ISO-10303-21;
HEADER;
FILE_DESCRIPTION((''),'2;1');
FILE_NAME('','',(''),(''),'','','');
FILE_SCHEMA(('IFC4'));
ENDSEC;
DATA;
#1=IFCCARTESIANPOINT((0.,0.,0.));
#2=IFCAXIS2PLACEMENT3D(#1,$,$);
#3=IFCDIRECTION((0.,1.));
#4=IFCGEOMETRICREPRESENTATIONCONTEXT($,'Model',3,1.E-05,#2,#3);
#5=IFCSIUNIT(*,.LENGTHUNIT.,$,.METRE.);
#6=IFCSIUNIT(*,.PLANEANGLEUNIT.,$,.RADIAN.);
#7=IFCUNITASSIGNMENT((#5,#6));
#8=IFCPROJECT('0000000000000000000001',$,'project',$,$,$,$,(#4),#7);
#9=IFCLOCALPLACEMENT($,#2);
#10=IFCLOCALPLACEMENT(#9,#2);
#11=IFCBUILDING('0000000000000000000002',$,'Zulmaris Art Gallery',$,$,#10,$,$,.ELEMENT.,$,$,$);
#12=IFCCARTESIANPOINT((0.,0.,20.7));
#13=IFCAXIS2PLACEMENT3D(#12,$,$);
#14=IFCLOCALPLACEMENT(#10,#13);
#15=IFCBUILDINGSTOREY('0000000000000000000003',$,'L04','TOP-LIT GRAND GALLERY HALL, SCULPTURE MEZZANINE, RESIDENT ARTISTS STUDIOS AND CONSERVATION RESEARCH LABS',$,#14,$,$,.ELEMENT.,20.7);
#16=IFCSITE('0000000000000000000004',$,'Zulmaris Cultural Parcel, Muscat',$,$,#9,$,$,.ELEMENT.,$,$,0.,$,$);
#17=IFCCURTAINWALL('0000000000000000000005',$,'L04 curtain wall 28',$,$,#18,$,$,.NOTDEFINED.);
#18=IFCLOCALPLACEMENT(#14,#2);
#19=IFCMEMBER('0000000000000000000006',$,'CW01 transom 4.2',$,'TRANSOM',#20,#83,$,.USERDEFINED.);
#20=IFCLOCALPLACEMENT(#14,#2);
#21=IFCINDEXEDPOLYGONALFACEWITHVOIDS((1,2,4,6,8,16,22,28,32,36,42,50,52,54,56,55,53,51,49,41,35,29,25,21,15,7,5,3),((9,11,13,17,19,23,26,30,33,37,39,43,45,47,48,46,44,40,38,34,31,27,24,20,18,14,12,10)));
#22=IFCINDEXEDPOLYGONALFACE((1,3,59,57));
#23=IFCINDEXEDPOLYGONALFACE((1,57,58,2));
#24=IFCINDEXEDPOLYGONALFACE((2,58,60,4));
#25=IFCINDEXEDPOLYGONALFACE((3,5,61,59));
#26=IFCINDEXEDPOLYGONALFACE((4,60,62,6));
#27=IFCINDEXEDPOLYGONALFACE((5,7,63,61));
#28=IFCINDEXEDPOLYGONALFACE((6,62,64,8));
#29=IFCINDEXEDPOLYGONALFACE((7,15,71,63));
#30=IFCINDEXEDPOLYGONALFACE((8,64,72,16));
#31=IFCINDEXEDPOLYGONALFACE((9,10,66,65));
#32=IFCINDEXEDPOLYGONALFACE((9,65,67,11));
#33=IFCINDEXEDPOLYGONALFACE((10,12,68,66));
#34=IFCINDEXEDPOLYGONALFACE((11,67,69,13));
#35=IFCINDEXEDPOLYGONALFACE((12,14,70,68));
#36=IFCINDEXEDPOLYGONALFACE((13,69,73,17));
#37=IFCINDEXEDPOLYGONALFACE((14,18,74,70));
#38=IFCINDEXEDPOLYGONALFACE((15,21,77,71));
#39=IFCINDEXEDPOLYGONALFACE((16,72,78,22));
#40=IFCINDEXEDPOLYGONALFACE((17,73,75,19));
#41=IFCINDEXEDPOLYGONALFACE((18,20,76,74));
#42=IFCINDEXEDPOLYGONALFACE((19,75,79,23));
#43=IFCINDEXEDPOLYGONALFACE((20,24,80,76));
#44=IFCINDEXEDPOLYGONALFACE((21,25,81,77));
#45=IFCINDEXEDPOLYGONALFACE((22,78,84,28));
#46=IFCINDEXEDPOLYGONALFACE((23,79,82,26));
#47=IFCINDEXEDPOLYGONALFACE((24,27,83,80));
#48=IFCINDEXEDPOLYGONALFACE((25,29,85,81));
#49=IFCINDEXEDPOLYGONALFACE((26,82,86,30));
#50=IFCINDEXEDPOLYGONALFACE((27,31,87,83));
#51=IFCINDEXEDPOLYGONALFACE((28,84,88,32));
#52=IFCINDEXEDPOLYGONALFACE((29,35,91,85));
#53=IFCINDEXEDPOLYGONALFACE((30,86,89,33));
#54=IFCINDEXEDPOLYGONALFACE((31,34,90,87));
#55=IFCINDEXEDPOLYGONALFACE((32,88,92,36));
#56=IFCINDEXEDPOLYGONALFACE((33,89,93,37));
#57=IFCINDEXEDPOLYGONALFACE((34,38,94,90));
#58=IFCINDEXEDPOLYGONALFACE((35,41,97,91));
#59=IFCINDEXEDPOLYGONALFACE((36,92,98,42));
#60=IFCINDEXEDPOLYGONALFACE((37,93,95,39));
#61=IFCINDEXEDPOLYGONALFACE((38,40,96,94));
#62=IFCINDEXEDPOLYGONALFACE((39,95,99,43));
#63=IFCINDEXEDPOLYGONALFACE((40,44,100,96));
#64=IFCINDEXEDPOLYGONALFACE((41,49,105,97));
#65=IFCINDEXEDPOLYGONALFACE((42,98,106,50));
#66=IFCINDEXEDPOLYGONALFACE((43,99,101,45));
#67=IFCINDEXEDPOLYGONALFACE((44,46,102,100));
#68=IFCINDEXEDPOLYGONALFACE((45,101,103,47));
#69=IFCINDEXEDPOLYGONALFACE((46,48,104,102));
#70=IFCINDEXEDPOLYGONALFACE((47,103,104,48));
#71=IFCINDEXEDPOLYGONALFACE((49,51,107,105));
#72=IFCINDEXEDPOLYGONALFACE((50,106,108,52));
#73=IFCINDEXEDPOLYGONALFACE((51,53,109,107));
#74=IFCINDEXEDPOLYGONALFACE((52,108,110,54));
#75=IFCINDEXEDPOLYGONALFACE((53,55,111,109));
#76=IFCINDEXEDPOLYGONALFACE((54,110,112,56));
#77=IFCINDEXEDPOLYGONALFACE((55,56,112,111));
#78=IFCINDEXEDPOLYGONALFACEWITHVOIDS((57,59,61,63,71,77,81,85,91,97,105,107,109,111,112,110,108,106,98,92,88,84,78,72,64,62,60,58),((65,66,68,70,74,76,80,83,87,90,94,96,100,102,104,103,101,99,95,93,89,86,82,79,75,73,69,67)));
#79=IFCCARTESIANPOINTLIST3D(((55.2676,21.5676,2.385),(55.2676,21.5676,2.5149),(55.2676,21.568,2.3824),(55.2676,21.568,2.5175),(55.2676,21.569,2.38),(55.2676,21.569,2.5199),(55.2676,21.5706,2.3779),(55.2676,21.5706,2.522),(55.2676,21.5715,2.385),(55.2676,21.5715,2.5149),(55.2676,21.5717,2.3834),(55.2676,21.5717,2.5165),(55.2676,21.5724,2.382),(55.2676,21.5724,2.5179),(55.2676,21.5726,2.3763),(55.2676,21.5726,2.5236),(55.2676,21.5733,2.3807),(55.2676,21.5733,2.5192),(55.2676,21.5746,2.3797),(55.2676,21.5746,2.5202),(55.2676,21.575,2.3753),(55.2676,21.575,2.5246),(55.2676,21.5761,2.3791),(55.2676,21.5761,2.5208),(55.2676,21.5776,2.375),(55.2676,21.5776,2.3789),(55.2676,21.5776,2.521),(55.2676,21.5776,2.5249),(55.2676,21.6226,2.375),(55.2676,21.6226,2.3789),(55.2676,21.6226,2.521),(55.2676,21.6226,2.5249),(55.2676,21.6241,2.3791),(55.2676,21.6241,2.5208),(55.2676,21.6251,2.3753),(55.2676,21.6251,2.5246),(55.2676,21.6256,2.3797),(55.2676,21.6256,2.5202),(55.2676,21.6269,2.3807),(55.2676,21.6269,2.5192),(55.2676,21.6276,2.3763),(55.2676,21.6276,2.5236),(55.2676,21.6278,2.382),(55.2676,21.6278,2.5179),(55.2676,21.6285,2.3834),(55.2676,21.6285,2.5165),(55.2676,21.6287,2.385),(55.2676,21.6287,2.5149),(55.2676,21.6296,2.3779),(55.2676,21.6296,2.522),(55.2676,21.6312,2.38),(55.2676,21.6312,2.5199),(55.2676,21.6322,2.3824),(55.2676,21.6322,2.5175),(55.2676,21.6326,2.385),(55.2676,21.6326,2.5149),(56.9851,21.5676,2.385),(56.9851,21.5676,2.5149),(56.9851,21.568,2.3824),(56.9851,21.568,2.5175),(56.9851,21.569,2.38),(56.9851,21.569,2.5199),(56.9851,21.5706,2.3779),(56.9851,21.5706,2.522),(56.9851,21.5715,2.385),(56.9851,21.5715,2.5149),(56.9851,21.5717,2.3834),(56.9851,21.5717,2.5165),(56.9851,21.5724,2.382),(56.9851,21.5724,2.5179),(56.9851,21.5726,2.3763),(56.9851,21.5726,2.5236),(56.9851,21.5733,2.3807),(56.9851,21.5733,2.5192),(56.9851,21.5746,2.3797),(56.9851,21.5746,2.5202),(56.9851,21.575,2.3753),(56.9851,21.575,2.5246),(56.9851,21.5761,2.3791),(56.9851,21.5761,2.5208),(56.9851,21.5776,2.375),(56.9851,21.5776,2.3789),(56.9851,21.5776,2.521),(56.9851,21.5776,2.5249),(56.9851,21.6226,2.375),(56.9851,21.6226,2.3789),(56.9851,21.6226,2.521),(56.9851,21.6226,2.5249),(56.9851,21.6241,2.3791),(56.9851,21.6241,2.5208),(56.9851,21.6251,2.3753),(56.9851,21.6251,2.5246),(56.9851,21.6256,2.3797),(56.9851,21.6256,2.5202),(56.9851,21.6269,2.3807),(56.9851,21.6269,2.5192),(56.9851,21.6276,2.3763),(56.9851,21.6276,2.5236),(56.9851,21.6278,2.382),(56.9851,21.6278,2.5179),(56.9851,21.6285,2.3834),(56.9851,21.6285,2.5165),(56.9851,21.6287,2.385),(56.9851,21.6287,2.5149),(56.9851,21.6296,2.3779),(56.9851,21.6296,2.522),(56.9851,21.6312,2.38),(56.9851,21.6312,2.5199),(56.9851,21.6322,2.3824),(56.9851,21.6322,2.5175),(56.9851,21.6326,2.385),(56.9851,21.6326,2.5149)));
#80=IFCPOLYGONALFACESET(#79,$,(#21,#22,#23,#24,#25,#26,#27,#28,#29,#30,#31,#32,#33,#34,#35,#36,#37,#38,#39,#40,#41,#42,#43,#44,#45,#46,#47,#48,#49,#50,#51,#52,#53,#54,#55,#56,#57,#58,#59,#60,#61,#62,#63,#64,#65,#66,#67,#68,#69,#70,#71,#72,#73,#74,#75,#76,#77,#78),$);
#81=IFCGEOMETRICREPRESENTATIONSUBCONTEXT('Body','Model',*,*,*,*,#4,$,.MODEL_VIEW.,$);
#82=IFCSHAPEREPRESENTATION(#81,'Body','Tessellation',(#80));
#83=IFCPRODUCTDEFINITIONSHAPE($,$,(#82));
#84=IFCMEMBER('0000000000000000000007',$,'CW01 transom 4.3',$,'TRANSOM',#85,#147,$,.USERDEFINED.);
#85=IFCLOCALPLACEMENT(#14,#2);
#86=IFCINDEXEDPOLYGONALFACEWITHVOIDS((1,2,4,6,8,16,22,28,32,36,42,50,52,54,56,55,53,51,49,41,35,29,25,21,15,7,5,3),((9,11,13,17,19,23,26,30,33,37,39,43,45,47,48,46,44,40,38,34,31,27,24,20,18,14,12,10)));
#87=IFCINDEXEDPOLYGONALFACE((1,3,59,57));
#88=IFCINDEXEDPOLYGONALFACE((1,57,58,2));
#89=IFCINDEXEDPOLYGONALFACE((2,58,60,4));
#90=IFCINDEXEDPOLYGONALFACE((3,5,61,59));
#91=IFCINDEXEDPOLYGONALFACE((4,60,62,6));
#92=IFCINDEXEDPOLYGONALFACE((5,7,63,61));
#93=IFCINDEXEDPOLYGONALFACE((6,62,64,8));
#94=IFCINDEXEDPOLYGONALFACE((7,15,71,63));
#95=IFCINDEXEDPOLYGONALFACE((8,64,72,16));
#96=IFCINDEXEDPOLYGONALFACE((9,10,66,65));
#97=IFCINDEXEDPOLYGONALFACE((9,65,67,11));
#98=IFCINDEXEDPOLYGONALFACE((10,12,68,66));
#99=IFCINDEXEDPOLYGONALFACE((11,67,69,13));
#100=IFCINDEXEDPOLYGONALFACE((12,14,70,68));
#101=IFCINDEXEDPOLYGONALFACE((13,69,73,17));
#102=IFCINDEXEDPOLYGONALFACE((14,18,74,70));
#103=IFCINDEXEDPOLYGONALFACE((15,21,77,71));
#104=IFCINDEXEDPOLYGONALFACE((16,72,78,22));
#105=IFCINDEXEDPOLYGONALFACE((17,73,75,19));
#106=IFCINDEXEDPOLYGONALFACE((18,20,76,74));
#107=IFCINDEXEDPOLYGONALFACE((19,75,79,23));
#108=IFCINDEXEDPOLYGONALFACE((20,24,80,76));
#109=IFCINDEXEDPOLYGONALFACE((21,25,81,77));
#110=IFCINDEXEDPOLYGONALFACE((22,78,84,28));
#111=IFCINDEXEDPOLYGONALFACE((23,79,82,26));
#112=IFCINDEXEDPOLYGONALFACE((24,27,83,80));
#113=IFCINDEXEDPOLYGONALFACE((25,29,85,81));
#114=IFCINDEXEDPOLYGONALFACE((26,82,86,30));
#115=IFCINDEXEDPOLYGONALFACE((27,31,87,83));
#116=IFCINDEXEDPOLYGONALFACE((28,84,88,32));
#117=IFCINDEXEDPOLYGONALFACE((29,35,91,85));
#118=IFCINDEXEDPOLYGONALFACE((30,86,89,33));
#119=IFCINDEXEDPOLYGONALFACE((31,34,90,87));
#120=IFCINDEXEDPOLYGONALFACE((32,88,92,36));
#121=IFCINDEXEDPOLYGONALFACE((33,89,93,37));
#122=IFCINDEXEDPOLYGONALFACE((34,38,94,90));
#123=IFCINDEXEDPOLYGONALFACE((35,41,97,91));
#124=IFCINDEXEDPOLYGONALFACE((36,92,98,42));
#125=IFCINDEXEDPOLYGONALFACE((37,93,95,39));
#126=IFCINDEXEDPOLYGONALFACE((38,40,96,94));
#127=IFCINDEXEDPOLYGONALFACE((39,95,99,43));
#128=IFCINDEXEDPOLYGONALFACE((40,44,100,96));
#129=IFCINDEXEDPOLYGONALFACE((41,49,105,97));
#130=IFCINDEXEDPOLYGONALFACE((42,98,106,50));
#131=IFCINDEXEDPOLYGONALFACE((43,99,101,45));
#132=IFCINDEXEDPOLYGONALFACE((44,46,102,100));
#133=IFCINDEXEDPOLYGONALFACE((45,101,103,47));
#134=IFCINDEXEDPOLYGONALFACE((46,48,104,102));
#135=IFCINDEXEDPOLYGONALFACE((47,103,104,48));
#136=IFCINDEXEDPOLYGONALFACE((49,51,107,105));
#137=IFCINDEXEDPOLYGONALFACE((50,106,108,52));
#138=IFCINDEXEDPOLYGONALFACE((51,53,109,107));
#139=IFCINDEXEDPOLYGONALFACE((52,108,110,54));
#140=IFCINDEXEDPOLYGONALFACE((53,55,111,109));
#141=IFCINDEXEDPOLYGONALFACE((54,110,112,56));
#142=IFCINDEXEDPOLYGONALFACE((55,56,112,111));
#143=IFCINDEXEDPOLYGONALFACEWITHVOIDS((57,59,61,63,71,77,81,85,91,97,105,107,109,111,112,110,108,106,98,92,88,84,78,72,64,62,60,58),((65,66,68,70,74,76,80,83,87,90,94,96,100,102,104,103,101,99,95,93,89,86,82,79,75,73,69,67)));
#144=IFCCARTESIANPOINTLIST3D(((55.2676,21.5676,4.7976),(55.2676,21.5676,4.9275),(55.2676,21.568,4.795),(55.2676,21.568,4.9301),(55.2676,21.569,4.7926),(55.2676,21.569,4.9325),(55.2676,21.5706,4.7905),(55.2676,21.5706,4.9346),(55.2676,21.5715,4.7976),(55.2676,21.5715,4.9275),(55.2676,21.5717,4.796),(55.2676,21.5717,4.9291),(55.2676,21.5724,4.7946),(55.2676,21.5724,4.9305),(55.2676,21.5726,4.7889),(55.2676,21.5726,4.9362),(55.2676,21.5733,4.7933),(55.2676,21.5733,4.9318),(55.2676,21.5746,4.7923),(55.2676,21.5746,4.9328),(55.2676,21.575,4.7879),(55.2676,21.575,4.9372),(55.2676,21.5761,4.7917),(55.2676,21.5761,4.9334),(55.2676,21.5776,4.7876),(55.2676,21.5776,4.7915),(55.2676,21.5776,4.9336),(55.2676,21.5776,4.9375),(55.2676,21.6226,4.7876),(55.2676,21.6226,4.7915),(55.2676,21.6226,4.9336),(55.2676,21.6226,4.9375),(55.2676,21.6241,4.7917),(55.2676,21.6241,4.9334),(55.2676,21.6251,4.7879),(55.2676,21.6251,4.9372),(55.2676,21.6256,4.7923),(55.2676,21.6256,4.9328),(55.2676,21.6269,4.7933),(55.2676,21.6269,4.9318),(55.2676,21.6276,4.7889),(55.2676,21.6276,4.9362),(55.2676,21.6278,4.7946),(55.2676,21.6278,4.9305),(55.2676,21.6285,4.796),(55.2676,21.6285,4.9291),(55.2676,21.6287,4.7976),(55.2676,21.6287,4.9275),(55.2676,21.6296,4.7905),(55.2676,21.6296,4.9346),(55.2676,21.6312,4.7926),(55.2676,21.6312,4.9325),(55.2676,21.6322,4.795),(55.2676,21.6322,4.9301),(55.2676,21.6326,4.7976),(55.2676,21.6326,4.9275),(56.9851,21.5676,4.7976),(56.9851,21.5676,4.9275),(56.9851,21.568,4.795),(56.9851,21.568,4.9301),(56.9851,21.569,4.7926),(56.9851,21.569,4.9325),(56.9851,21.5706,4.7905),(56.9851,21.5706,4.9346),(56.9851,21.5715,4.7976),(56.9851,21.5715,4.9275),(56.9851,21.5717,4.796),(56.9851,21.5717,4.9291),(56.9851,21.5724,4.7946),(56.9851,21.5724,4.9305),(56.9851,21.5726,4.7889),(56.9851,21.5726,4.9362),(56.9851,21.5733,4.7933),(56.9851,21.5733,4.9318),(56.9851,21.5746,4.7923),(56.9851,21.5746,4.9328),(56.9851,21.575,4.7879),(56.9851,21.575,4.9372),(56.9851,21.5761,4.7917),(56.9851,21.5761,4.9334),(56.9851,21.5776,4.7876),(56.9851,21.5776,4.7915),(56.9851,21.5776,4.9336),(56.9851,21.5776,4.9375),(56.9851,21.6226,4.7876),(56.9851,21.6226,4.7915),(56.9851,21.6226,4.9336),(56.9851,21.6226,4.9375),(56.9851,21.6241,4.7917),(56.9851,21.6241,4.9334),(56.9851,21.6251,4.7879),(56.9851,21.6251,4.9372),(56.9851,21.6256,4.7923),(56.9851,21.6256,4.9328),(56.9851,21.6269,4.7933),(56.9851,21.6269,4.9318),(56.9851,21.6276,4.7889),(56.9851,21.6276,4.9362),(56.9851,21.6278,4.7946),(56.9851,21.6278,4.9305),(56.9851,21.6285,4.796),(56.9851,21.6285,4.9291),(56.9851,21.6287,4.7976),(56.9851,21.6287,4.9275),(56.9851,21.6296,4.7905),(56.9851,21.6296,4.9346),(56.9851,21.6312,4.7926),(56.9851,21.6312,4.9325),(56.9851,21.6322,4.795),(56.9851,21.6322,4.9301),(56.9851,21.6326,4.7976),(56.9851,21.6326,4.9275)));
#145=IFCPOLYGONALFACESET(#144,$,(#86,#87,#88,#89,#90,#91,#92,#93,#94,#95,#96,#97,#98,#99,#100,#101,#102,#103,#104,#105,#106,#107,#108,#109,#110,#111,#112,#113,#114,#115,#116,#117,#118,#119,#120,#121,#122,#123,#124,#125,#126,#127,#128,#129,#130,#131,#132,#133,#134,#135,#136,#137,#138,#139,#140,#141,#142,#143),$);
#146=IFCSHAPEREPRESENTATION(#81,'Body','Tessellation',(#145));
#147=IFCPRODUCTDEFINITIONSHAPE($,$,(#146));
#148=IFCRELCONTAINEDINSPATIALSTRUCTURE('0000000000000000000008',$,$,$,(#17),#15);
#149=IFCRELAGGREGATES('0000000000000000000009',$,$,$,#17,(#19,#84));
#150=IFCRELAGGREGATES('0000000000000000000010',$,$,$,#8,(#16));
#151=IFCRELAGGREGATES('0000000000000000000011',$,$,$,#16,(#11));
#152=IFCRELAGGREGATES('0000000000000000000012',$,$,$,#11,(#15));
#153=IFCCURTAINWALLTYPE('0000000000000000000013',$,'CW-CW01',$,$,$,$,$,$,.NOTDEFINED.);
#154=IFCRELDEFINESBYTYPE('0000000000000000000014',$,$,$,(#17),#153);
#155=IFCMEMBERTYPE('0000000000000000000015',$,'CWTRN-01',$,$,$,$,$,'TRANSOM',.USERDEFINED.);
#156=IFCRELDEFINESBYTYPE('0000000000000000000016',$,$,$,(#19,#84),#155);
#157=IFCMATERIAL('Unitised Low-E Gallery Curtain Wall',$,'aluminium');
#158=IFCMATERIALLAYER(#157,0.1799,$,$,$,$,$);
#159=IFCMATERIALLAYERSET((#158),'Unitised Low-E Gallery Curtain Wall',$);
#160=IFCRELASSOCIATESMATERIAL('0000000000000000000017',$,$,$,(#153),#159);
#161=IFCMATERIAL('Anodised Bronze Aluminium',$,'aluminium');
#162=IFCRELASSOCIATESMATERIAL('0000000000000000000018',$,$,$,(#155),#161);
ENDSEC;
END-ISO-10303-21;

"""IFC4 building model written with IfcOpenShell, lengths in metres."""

from ifc_helpers import new_model, si_unit, direction, frame, origin, origin_2d, place, context, subcontext, project, spatial, hollow_rectangle, extrude, material, layer, layer_set, material_profile, profile_set, type_object, element, aggregate, save


model = new_model("IFC4")

# Units and contexts
model_context = context("Model", 3, precision=1e-05, world=origin(), true_north=direction((0.0, 1.0)))
body_context = subcontext(model_context, "Body", "Model", "MODEL_VIEW")
ifc_project = project(units=[si_unit("LENGTHUNIT", "METRE"), si_unit("PLANEANGLEUNIT", "RADIAN")], contexts=[model_context])

# Site, building, storey
site_placement = place(None, origin())
site = spatial("IfcSite", under=ifc_project, at=site_placement, Name="Zulmaris Cultural Parcel, Muscat", CompositionType="ELEMENT", RefElevation=0.0)
building_placement = place(site_placement, origin())
building = spatial("IfcBuilding", under=site, at=building_placement, Name="Zulmaris Art Gallery", CompositionType="ELEMENT")
storey_placement = place(building_placement, frame((0.0, 0.0, 20.7)))
storey = spatial("IfcBuildingStorey", under=building, at=storey_placement, Name="L04", Description="TOP-LIT GRAND GALLERY HALL, SCULPTURE MEZZANINE, RESIDENT ARTISTS STUDIOS AND CONSERVATION RESEARCH LABS", CompositionType="ELEMENT", Elevation=20.7)

# Curtain wall
ifc_material_1 = material(Name="Unitised Low-E Gallery Curtain Wall", Category="aluminium")
ifc_layer_1 = layer(ifc_material_1, 0.1799)
ifc_layer_set_1 = layer_set([ifc_layer_1], Name="Unitised Low-E Gallery Curtain Wall")
curtain_wall_type_1 = type_object("IfcCurtainWallType", Name="CW-CW01", PredefinedType="NOTDEFINED", material=ifc_layer_set_1)
curtain_wall_1_placement = place(storey_placement, origin())
curtain_wall_1 = element("IfcCurtainWall", 1, at=curtain_wall_1_placement, inside=storey, type_object=curtain_wall_type_1, Name="L04 curtain wall 28", PredefinedType="NOTDEFINED")
ifc_material_2 = material(Name="Anodised Bronze Aluminium", Category="aluminium")

# Members
ifc_material_profile_1 = material_profile(ifc_material_2, hollow_rectangle(XDim=0.0649, YDim=0.1499, WallThickness=0.0039, InnerFilletRadius=0.0061, OuterFilletRadius=0.01, at=origin_2d()), Name="ALU 65x150x4")
ifc_profile_set_1 = profile_set([ifc_material_profile_1], Name="Anodised Bronze Aluminium")
member_type_1 = type_object("IfcMemberType", Name="CWTRN-01", ElementType="TRANSOM", PredefinedType="USERDEFINED", material=ifc_profile_set_1)
member_1_placement = place(storey_placement, frame((55.2676, 21.6001, 2.45), z_axis=(1.0, 0.0, 0.0), x_axis=(0.0, 1.0, 0.0)))
member_1 = element("IfcMember", 2, at=member_1_placement, type_object=member_type_1, Name="CW01 transom 4.2", ObjectType="TRANSOM", PredefinedType="USERDEFINED", context=body_context, shape_type="SweptSolid", body=[
    extrude(hollow_rectangle(XDim=0.0649, YDim=0.1499, WallThickness=0.0039, InnerFilletRadius=0.0061, OuterFilletRadius=0.01, at=origin_2d()), origin(), (0.0, 0.0, 1.0), 1.7175),
])
member_2_placement = place(storey_placement, frame((55.2676, 21.6001, 4.8625), z_axis=(1.0, 0.0, 0.0), x_axis=(0.0, 1.0, 0.0)))
member_2 = element("IfcMember", 3, at=member_2_placement, type_object=member_type_1, Name="CW01 transom 4.3", ObjectType="TRANSOM", PredefinedType="USERDEFINED", context=body_context, shape_type="SweptSolid", body=[
    extrude(hollow_rectangle(XDim=0.0649, YDim=0.1499, WallThickness=0.0039, InnerFilletRadius=0.0061, OuterFilletRadius=0.01, at=origin_2d()), origin(), (0.0, 0.0, 1.0), 1.7175),
])

aggregate(curtain_wall_1, [member_1, member_2])

save(model, "model.ifc")
